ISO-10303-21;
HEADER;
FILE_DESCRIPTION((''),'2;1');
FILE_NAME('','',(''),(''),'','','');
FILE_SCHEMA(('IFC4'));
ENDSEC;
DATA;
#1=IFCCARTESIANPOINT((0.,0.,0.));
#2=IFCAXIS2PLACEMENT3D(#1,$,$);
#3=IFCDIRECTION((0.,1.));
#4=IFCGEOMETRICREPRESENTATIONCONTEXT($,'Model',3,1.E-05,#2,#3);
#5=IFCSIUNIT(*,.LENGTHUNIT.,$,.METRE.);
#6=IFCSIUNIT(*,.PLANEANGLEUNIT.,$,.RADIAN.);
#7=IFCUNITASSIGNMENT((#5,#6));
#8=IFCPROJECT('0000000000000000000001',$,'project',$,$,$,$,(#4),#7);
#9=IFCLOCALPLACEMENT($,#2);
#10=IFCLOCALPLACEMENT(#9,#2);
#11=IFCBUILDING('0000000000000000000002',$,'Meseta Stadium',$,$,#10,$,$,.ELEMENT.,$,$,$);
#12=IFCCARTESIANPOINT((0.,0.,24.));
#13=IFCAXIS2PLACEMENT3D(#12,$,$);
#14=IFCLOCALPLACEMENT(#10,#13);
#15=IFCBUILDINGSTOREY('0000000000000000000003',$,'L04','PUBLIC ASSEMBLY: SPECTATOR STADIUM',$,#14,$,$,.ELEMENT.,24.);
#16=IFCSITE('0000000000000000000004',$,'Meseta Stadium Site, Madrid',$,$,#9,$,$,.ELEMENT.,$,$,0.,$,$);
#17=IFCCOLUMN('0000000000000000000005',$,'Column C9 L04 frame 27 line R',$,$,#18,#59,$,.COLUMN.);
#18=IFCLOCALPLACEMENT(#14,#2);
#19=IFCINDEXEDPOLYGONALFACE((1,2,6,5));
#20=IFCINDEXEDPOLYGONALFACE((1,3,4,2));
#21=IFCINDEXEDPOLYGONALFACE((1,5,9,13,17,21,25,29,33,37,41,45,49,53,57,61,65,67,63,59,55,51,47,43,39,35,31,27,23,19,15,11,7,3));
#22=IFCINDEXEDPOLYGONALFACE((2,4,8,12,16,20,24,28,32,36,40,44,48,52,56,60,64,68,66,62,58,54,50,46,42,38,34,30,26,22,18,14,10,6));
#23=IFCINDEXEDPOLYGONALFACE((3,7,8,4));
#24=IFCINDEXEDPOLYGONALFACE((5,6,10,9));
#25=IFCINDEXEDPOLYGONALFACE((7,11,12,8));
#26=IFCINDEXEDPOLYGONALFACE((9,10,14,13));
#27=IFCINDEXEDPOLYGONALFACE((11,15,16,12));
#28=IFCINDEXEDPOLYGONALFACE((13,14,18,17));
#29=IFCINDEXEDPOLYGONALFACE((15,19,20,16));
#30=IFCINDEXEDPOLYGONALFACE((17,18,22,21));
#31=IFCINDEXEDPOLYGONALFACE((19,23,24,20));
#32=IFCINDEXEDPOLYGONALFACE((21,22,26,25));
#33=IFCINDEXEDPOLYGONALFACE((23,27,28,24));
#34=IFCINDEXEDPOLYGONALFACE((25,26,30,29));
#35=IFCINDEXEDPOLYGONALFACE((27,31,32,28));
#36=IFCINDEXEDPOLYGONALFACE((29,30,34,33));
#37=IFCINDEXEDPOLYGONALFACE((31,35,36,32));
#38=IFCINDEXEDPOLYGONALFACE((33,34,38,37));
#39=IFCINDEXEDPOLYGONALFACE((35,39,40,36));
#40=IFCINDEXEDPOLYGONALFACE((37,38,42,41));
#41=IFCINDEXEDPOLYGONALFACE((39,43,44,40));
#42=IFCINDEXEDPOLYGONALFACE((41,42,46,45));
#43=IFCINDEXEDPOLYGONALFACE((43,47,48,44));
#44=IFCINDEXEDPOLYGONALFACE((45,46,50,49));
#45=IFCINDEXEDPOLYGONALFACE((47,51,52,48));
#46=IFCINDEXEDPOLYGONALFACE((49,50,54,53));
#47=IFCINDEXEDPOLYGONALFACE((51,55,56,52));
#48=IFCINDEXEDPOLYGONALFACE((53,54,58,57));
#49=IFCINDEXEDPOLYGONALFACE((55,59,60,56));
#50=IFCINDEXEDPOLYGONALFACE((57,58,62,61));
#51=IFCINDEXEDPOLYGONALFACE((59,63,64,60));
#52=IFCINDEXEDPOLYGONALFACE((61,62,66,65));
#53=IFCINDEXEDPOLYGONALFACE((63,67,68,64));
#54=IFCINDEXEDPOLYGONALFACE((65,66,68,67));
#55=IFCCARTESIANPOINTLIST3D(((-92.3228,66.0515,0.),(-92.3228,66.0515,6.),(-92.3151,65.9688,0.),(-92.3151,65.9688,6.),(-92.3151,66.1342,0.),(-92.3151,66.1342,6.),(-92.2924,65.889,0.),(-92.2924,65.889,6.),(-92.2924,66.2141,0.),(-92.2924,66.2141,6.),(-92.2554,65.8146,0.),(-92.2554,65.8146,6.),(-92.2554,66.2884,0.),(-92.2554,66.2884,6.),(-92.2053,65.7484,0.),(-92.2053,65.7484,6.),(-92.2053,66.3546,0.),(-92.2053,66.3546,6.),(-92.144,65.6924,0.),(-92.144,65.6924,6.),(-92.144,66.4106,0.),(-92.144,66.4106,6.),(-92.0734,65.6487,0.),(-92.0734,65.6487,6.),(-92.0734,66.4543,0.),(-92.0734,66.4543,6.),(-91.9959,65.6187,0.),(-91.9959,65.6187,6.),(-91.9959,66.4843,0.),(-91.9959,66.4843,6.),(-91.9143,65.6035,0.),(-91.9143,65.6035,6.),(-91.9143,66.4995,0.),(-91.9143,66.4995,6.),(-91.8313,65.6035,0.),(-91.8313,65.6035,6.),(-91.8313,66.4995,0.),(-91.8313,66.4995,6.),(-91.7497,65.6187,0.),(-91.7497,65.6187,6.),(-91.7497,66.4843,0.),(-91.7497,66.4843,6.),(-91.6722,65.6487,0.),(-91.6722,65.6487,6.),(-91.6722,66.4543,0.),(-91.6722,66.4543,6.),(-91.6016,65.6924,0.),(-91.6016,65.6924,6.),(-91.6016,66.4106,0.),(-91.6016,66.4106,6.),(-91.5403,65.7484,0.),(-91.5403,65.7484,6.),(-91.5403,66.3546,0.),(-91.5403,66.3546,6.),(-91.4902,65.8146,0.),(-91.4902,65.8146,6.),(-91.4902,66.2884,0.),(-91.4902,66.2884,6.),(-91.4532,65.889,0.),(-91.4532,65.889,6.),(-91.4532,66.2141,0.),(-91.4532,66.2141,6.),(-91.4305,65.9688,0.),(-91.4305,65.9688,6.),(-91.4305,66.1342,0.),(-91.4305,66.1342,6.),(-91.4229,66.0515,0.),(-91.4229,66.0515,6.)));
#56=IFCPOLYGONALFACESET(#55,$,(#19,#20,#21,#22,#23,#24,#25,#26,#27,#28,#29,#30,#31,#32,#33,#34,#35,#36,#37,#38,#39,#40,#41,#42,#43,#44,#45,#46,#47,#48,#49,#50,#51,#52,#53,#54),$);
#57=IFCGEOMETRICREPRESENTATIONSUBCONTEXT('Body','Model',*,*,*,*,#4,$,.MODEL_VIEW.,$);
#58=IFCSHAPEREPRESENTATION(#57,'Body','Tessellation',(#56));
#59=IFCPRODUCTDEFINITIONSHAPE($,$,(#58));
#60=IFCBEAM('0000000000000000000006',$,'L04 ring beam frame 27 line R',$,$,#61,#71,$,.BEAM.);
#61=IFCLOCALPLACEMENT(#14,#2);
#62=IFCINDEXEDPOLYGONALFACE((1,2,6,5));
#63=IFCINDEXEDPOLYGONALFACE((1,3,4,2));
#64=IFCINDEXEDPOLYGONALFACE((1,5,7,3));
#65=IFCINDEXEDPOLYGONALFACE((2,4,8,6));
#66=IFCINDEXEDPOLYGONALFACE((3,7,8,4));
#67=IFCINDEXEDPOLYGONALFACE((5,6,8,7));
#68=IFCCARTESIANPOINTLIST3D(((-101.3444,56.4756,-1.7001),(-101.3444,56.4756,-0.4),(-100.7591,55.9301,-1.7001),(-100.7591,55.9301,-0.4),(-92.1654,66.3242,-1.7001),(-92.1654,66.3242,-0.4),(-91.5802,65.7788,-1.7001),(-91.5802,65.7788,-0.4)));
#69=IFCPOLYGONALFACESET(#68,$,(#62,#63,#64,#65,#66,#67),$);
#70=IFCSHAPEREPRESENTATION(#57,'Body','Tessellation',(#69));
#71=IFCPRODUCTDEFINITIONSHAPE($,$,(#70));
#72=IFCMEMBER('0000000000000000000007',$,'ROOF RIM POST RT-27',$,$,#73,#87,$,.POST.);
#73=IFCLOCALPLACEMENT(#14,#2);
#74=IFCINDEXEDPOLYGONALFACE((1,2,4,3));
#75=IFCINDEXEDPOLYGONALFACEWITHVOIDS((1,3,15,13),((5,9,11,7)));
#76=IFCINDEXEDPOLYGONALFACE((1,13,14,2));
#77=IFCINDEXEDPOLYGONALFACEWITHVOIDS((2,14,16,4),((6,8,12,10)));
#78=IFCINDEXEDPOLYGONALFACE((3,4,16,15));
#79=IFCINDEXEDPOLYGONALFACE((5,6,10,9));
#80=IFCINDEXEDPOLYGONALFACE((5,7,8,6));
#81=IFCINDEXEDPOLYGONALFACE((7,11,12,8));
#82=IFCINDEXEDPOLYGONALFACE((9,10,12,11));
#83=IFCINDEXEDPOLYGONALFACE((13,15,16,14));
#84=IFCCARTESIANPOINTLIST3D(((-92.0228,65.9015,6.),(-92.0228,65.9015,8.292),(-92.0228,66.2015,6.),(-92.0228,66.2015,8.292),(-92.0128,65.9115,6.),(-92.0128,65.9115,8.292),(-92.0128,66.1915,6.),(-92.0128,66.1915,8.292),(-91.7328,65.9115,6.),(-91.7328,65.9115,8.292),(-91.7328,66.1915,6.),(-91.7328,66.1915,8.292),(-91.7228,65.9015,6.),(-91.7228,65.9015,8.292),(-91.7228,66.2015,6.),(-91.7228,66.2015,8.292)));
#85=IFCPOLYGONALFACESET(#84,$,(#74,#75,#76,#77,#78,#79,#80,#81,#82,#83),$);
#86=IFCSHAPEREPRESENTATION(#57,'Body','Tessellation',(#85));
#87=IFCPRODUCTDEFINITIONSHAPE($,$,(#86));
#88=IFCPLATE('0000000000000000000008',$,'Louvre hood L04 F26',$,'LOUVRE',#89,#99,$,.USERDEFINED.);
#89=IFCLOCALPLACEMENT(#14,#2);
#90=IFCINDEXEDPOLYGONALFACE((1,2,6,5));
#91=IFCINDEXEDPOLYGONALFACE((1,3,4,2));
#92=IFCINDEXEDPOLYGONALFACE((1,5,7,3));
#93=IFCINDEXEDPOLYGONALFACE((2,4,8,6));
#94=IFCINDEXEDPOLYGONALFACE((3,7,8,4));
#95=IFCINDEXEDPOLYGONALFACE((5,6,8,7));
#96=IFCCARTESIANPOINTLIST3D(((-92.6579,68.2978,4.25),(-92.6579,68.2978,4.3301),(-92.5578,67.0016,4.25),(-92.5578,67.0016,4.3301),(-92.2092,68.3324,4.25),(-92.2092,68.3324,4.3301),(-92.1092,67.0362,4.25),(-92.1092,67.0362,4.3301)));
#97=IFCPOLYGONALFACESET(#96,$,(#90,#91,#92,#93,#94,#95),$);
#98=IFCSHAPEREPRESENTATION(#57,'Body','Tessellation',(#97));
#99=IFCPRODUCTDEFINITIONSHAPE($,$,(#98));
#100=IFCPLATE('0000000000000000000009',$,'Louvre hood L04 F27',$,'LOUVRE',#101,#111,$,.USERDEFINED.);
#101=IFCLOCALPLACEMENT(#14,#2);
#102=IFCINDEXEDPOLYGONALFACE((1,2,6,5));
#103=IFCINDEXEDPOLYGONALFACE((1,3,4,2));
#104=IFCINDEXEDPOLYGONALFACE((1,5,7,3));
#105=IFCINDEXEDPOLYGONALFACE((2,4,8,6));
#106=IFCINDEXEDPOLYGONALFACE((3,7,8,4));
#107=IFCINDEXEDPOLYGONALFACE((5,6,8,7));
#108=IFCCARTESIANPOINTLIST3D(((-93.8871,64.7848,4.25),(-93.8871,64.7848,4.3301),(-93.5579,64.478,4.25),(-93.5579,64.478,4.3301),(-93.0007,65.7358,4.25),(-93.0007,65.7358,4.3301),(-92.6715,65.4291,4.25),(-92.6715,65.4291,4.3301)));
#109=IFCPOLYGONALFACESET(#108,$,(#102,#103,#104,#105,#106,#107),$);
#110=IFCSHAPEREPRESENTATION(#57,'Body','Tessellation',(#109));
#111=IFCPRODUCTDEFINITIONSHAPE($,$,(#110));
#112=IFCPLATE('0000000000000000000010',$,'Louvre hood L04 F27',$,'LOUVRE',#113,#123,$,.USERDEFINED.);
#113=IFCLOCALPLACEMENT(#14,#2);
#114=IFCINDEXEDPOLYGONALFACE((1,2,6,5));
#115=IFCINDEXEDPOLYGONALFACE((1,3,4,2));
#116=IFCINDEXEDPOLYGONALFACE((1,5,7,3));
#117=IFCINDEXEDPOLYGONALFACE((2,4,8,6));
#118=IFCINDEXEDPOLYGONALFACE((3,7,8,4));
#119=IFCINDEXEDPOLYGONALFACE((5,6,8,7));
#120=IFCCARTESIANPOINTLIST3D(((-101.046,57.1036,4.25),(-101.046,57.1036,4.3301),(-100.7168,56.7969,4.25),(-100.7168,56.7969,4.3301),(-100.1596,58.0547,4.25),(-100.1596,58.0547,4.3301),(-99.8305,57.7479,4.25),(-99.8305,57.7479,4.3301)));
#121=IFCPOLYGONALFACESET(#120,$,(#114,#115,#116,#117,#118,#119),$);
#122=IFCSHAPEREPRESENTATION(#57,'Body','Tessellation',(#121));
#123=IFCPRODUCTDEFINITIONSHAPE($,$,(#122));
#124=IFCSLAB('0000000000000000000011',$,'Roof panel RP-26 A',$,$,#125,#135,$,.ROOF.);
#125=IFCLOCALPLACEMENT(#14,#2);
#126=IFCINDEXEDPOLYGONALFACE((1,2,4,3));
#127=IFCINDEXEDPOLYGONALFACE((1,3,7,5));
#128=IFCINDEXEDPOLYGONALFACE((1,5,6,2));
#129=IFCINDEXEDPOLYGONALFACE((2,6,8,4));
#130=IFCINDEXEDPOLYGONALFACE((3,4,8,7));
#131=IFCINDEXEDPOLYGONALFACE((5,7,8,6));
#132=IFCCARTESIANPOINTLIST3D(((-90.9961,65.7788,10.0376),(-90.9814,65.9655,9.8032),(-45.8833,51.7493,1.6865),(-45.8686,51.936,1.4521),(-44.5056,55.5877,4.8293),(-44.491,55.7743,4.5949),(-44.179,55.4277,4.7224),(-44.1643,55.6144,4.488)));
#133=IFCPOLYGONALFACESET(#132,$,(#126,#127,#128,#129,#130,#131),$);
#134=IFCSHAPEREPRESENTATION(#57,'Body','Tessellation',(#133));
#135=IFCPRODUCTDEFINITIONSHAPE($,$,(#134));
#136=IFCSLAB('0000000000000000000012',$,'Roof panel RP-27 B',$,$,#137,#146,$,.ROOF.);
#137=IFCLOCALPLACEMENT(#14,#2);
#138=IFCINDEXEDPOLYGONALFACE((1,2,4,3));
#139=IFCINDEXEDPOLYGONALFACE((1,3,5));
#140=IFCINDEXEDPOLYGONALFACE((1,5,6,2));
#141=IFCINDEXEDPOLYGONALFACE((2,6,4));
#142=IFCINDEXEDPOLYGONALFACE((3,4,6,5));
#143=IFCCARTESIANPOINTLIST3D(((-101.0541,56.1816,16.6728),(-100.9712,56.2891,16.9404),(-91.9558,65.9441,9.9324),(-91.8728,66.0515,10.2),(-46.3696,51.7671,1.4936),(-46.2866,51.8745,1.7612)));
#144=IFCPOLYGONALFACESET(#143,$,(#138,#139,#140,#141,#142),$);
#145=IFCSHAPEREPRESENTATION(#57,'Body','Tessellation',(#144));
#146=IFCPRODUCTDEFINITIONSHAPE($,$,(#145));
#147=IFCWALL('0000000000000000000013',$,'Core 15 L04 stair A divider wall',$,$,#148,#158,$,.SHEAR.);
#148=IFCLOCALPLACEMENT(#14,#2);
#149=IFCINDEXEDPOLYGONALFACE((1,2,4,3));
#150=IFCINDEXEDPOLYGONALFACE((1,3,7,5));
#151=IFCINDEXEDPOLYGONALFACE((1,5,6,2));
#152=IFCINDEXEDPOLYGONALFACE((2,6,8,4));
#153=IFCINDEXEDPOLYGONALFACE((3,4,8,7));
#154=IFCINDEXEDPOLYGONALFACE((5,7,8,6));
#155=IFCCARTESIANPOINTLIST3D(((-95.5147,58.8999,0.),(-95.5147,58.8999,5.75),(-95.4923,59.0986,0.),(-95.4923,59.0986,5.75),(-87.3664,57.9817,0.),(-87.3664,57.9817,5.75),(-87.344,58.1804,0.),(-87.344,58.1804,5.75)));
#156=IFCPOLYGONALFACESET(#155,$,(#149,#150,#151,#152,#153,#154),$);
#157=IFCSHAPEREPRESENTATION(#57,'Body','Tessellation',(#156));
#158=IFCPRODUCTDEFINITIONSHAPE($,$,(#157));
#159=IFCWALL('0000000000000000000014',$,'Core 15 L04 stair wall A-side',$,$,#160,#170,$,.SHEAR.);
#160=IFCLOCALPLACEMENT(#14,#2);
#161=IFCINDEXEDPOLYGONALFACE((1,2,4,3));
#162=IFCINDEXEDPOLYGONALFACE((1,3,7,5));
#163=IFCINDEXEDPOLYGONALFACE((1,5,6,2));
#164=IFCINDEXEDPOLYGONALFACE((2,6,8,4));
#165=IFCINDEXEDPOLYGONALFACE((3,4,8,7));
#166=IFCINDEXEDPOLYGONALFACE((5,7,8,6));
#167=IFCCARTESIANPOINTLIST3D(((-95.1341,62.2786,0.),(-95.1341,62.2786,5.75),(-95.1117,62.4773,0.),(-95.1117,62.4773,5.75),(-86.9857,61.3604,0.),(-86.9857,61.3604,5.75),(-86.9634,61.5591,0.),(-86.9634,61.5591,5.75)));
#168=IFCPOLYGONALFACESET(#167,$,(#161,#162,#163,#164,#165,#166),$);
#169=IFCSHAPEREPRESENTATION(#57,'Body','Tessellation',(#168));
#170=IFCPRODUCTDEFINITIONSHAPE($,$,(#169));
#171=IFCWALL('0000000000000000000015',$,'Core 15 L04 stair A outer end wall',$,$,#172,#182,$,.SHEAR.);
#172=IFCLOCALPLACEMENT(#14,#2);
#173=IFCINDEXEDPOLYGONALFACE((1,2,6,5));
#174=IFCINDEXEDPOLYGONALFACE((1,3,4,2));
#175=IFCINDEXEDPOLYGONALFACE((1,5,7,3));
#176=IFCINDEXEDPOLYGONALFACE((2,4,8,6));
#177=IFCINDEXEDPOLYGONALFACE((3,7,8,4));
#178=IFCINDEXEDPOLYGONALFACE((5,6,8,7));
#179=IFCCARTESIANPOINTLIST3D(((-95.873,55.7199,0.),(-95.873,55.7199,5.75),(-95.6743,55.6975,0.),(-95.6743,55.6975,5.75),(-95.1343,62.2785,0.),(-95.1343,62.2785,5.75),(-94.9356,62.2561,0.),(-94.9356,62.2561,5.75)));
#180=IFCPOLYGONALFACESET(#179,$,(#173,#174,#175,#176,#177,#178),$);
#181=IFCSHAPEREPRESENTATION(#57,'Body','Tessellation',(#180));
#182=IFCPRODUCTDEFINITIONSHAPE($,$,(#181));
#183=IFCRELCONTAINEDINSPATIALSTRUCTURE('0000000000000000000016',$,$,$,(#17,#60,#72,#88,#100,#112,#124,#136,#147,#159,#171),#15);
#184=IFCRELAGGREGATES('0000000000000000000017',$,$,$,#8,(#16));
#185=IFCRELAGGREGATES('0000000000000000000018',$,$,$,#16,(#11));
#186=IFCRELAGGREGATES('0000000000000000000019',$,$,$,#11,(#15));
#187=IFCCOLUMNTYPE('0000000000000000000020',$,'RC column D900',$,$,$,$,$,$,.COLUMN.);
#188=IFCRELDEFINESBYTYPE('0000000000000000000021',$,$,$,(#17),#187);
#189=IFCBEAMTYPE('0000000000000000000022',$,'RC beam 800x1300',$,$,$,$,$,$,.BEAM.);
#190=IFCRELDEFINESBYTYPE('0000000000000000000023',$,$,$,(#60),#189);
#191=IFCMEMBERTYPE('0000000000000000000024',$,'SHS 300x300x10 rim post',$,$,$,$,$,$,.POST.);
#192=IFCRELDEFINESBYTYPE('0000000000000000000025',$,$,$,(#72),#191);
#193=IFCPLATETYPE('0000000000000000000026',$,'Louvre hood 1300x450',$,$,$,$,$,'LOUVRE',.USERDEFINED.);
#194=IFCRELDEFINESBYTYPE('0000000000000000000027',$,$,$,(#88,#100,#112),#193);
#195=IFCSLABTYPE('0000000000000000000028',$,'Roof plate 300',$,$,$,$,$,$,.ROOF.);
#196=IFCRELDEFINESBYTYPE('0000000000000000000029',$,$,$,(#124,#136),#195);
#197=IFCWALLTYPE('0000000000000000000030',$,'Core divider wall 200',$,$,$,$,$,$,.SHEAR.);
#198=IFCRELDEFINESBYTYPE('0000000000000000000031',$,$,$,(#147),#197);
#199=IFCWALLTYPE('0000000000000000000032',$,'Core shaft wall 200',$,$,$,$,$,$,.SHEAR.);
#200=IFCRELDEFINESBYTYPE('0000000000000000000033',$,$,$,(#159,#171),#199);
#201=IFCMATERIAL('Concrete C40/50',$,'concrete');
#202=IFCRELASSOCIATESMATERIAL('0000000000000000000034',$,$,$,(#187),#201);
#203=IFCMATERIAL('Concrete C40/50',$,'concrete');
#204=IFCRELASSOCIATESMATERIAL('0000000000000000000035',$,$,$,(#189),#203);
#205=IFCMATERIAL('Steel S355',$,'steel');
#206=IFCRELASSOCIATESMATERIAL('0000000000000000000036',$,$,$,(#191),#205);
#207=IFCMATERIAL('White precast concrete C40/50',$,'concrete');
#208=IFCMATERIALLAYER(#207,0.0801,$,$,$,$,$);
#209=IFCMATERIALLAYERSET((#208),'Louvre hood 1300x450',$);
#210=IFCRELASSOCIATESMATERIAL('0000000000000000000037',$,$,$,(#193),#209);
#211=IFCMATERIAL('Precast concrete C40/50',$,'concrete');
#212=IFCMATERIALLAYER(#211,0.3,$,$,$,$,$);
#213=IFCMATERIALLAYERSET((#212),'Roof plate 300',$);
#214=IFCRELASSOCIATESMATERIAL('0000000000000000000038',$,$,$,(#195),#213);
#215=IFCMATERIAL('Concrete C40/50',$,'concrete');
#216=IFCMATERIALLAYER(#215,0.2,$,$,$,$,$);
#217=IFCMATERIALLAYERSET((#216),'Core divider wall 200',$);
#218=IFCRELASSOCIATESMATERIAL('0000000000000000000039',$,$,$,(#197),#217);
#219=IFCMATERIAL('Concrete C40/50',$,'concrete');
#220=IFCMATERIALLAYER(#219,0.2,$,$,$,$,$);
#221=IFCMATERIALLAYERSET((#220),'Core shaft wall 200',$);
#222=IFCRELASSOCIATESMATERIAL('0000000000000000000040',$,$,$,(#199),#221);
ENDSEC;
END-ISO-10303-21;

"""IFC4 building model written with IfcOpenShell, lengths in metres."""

from ifc_helpers import new_model, si_unit, direction, frame, frame_2d, origin, origin_2d, place, context, subcontext, project, spatial, polyline, rectangle, hollow_rectangle, circle, outline, extrude, material, layer, layer_set, material_profile, profile_set, type_object, element, save


model = new_model("IFC4")

# Units and contexts
model_context = context("Model", 3, precision=1e-05, world=origin(), true_north=direction((0.0, 1.0)))
body_context = subcontext(model_context, "Body", "Model", "MODEL_VIEW")
ifc_project = project(units=[si_unit("LENGTHUNIT", "METRE"), si_unit("PLANEANGLEUNIT", "RADIAN")], contexts=[model_context])

# Site, building, storey
site_placement = place(None, origin())
site = spatial("IfcSite", under=ifc_project, at=site_placement, Name="Meseta Stadium Site, Madrid", CompositionType="ELEMENT", RefElevation=0.0)
building_placement = place(site_placement, origin())
building = spatial("IfcBuilding", under=site, at=building_placement, Name="Meseta Stadium", CompositionType="ELEMENT")
storey_placement = place(building_placement, frame((0.0, 0.0, 24.0)))
storey = spatial("IfcBuildingStorey", under=building, at=storey_placement, Name="L04", Description="PUBLIC ASSEMBLY: SPECTATOR STADIUM", CompositionType="ELEMENT", Elevation=24.0)

# Column
ifc_material_1 = material(Name="Concrete C40/50", Category="concrete")
ifc_material_profile_1 = material_profile(ifc_material_1, circle(Radius=0.45, at=origin_2d()), Name="RC D900")
ifc_profile_set_1 = profile_set([ifc_material_profile_1], Name="Concrete C40/50")
column_type = type_object("IfcColumnType", Name="RC column D900", PredefinedType="COLUMN", material=ifc_profile_set_1)
column_placement = place(storey_placement, frame((-91.8728, 66.0515, 0.0), z_axis=(0.0, 0.0, 1.0), x_axis=(1.0, 0.0, 0.0)))
element("IfcColumn", 1, at=column_placement, inside=storey, type_object=column_type, Name="Column C9 L04 frame 27 line R", PredefinedType="COLUMN", context=body_context, shape_type="SweptSolid", body=[
    extrude(circle(Radius=0.45, at=origin_2d()), origin(), (0.0, 0.0, 1.0), 6.0),
])

# Beam
ifc_material_2 = material(Name="Concrete C40/50", Category="concrete")
ifc_material_profile_2 = material_profile(ifc_material_2, rectangle(XDim=0.8, YDim=1.3, at=origin_2d()), Name="RC 800x1300")
ifc_profile_set_2 = profile_set([ifc_material_profile_2], Name="Concrete C40/50")
beam_type = type_object("IfcBeamType", Name="RC beam 800x1300", PredefinedType="BEAM", material=ifc_profile_set_2)
beam_placement = place(storey_placement, frame((-91.8728, 66.0515, -1.05), z_axis=(-0.681798, -0.731541, 0.0), x_axis=(0.731541, -0.681798, 0.0)))
element("IfcBeam", 2, at=beam_placement, inside=storey, type_object=beam_type, Name="L04 ring beam frame 27 line R", PredefinedType="BEAM", context=body_context, shape_type="SweptSolid", body=[
    extrude(rectangle(XDim=0.8, YDim=1.3, at=origin_2d()), origin(), (0.0, 0.0, 1.0), 13.4629),
])

# Member
ifc_material_3 = material(Name="Steel S355", Category="steel")
ifc_material_profile_3 = material_profile(ifc_material_3, hollow_rectangle(XDim=0.3, YDim=0.3, WallThickness=0.01, at=origin_2d()), Name="SHS 300x300x10")
ifc_profile_set_3 = profile_set([ifc_material_profile_3], Name="Steel S355")
member_type = type_object("IfcMemberType", Name="SHS 300x300x10 rim post", PredefinedType="POST", material=ifc_profile_set_3)
member_placement = place(storey_placement, frame((-91.8728, 66.0515, 6.0), z_axis=(0.0, 0.0, 1.0), x_axis=(1.0, 0.0, 0.0)))
element("IfcMember", 3, at=member_placement, inside=storey, type_object=member_type, Name="ROOF RIM POST RT-27", PredefinedType="POST", context=body_context, shape_type="SweptSolid", body=[
    extrude(hollow_rectangle(XDim=0.3, YDim=0.3, WallThickness=0.01, at=origin_2d()), origin(), (0.0, 0.0, 1.0), 2.292),
])

# Plates
ifc_material_4 = material(Name="White precast concrete C40/50", Category="concrete")
ifc_layer_1 = layer(ifc_material_4, 0.0801)
ifc_layer_set_1 = layer_set([ifc_layer_1], Name="Louvre hood 1300x450")
plate_type = type_object("IfcPlateType", Name="Louvre hood 1300x450", ElementType="LOUVRE", PredefinedType="USERDEFINED", material=ifc_layer_set_1)
for number, where, z_axis, x_axis, name in (
    (4, (-92.3835, 67.667, 4.25), (0.0, 0.0, 1.0), (0.076937, -0.997036, 0.0), "Louvre hood L04 F26"),
    (5, (-93.2793, 65.1069, 4.25), (0.0, 0.0, 1.0), (-0.681793, -0.731545, 0.0), "Louvre hood L04 F27"),
    (6, (-100.4382, 57.4258, 4.25), (0.0, 0.0, 1.0), (-0.681793, -0.731545, 0.0), "Louvre hood L04 F27"),
):
    element("IfcPlate", number, at=place(storey_placement, frame(where, z_axis=z_axis, x_axis=x_axis)), inside=storey, type_object=plate_type, Name=name, ObjectType="LOUVRE", PredefinedType="USERDEFINED", context=body_context, shape_type="SweptSolid", body=[
        extrude(rectangle(XDim=1.3, YDim=0.45, at=origin_2d()), origin(), (0.0, 0.0, 1.0), 0.0801),
    ])

# Slabs
ifc_material_5 = material(Name="Precast concrete C40/50", Category="concrete")
ifc_layer_2 = layer(ifc_material_5, 0.3)
ifc_layer_set_2 = layer_set([ifc_layer_2], Name="Roof plate 300")
slab_type = type_object("IfcSlabType", Name="Roof plate 300", PredefinedType="ROOF", material=ifc_layer_set_2)
slab_1_placement = place(storey_placement, frame((-90.9961, 65.7788, 10.0376), z_axis=(-0.048862, -0.622205, 0.781328), x_axis=(0.940313, -0.292426, -0.174067)))
element("IfcSlab", 7, at=slab_1_placement, inside=storey, type_object=slab_type, Name="Roof panel RP-26 A", PredefinedType="ROOF", context=body_context, shape_type="SweptSolid", body=[
    extrude(outline(polyline([(0.0, 0.0), (47.9764, 0.0), (47.9749, 5.0648), (47.6023, 5.135), (0.0, 0.0)])), origin(), (0.0, 0.0, -1.0), 0.3),
])
slab_2_placement = place(storey_placement, frame((-91.8728, 66.0515, 10.2), z_axis=(0.276456, 0.358102, 0.891815), x_axis=(0.940311, -0.292431, -0.174066)))
element("IfcSlab", 8, at=slab_2_placement, inside=storey, type_object=slab_type, Name="Roof panel RP-27 B", PredefinedType="ROOF", context=body_context, shape_type="SweptSolid", body=[
    extrude(outline(polyline([(0.0, 0.0), (48.4799, 0.0), (-6.8738, -13.2767), (0.0, 0.0)])), origin(), (0.0, 0.0, -1.0), 0.3),
])

# Walls
ifc_material_6 = material(Name="Concrete C40/50", Category="concrete")
ifc_layer_3 = layer(ifc_material_6, 0.2)
ifc_layer_set_3 = layer_set([ifc_layer_3], Name="Core divider wall 200")
wall_type_1 = type_object("IfcWallType", Name="Core divider wall 200", PredefinedType="SHEAR", material=ifc_layer_set_3)
wall_1_placement = place(storey_placement, frame((-95.5037, 58.9993, 0.0), z_axis=(0.0, 0.0, 1.0), x_axis=(0.993711, -0.111977, 0.0)))
element("IfcWall", 9, at=wall_1_placement, inside=storey, type_object=wall_type_1, Name="Core 15 L04 stair A divider wall", PredefinedType="SHEAR", context=body_context, shape_type="SweptSolid", body=[
    extrude(rectangle(XDim=8.2, YDim=0.2, at=frame_2d((4.1001, 0.0))), origin(), (0.0, 0.0, 1.0), 5.75),
])
ifc_material_7 = material(Name="Concrete C40/50", Category="concrete")
ifc_layer_4 = layer(ifc_material_7, 0.2)
ifc_layer_set_4 = layer_set([ifc_layer_4], Name="Core shaft wall 200")
wall_type_2 = type_object("IfcWallType", Name="Core shaft wall 200", PredefinedType="SHEAR", material=ifc_layer_set_4)
wall_2_placement = place(storey_placement, frame((-95.123, 62.3779, 0.0), z_axis=(0.0, 0.0, 1.0), x_axis=(0.993711, -0.111977, 0.0)))
element("IfcWall", 10, at=wall_2_placement, inside=storey, type_object=wall_type_2, Name="Core 15 L04 stair wall A-side", PredefinedType="SHEAR", context=body_context, shape_type="SweptSolid", body=[
    extrude(rectangle(XDim=8.2, YDim=0.2, at=frame_2d((4.1001, 0.0))), origin(), (0.0, 0.0, 1.0), 5.75),
])
wall_3_placement = place(storey_placement, frame((-95.0349, 62.2673, 0.0), z_axis=(0.0, 0.0, 1.0), x_axis=(-0.111934, -0.993716, 0.0)))
element("IfcWall", 11, at=wall_3_placement, inside=storey, type_object=wall_type_2, Name="Core 15 L04 stair A outer end wall", PredefinedType="SHEAR", context=body_context, shape_type="SweptSolid", body=[
    extrude(rectangle(XDim=6.6001, YDim=0.2, at=frame_2d((3.3, 0.0))), origin(), (0.0, 0.0, 1.0), 5.75),
])

save(model, "model.ifc")
